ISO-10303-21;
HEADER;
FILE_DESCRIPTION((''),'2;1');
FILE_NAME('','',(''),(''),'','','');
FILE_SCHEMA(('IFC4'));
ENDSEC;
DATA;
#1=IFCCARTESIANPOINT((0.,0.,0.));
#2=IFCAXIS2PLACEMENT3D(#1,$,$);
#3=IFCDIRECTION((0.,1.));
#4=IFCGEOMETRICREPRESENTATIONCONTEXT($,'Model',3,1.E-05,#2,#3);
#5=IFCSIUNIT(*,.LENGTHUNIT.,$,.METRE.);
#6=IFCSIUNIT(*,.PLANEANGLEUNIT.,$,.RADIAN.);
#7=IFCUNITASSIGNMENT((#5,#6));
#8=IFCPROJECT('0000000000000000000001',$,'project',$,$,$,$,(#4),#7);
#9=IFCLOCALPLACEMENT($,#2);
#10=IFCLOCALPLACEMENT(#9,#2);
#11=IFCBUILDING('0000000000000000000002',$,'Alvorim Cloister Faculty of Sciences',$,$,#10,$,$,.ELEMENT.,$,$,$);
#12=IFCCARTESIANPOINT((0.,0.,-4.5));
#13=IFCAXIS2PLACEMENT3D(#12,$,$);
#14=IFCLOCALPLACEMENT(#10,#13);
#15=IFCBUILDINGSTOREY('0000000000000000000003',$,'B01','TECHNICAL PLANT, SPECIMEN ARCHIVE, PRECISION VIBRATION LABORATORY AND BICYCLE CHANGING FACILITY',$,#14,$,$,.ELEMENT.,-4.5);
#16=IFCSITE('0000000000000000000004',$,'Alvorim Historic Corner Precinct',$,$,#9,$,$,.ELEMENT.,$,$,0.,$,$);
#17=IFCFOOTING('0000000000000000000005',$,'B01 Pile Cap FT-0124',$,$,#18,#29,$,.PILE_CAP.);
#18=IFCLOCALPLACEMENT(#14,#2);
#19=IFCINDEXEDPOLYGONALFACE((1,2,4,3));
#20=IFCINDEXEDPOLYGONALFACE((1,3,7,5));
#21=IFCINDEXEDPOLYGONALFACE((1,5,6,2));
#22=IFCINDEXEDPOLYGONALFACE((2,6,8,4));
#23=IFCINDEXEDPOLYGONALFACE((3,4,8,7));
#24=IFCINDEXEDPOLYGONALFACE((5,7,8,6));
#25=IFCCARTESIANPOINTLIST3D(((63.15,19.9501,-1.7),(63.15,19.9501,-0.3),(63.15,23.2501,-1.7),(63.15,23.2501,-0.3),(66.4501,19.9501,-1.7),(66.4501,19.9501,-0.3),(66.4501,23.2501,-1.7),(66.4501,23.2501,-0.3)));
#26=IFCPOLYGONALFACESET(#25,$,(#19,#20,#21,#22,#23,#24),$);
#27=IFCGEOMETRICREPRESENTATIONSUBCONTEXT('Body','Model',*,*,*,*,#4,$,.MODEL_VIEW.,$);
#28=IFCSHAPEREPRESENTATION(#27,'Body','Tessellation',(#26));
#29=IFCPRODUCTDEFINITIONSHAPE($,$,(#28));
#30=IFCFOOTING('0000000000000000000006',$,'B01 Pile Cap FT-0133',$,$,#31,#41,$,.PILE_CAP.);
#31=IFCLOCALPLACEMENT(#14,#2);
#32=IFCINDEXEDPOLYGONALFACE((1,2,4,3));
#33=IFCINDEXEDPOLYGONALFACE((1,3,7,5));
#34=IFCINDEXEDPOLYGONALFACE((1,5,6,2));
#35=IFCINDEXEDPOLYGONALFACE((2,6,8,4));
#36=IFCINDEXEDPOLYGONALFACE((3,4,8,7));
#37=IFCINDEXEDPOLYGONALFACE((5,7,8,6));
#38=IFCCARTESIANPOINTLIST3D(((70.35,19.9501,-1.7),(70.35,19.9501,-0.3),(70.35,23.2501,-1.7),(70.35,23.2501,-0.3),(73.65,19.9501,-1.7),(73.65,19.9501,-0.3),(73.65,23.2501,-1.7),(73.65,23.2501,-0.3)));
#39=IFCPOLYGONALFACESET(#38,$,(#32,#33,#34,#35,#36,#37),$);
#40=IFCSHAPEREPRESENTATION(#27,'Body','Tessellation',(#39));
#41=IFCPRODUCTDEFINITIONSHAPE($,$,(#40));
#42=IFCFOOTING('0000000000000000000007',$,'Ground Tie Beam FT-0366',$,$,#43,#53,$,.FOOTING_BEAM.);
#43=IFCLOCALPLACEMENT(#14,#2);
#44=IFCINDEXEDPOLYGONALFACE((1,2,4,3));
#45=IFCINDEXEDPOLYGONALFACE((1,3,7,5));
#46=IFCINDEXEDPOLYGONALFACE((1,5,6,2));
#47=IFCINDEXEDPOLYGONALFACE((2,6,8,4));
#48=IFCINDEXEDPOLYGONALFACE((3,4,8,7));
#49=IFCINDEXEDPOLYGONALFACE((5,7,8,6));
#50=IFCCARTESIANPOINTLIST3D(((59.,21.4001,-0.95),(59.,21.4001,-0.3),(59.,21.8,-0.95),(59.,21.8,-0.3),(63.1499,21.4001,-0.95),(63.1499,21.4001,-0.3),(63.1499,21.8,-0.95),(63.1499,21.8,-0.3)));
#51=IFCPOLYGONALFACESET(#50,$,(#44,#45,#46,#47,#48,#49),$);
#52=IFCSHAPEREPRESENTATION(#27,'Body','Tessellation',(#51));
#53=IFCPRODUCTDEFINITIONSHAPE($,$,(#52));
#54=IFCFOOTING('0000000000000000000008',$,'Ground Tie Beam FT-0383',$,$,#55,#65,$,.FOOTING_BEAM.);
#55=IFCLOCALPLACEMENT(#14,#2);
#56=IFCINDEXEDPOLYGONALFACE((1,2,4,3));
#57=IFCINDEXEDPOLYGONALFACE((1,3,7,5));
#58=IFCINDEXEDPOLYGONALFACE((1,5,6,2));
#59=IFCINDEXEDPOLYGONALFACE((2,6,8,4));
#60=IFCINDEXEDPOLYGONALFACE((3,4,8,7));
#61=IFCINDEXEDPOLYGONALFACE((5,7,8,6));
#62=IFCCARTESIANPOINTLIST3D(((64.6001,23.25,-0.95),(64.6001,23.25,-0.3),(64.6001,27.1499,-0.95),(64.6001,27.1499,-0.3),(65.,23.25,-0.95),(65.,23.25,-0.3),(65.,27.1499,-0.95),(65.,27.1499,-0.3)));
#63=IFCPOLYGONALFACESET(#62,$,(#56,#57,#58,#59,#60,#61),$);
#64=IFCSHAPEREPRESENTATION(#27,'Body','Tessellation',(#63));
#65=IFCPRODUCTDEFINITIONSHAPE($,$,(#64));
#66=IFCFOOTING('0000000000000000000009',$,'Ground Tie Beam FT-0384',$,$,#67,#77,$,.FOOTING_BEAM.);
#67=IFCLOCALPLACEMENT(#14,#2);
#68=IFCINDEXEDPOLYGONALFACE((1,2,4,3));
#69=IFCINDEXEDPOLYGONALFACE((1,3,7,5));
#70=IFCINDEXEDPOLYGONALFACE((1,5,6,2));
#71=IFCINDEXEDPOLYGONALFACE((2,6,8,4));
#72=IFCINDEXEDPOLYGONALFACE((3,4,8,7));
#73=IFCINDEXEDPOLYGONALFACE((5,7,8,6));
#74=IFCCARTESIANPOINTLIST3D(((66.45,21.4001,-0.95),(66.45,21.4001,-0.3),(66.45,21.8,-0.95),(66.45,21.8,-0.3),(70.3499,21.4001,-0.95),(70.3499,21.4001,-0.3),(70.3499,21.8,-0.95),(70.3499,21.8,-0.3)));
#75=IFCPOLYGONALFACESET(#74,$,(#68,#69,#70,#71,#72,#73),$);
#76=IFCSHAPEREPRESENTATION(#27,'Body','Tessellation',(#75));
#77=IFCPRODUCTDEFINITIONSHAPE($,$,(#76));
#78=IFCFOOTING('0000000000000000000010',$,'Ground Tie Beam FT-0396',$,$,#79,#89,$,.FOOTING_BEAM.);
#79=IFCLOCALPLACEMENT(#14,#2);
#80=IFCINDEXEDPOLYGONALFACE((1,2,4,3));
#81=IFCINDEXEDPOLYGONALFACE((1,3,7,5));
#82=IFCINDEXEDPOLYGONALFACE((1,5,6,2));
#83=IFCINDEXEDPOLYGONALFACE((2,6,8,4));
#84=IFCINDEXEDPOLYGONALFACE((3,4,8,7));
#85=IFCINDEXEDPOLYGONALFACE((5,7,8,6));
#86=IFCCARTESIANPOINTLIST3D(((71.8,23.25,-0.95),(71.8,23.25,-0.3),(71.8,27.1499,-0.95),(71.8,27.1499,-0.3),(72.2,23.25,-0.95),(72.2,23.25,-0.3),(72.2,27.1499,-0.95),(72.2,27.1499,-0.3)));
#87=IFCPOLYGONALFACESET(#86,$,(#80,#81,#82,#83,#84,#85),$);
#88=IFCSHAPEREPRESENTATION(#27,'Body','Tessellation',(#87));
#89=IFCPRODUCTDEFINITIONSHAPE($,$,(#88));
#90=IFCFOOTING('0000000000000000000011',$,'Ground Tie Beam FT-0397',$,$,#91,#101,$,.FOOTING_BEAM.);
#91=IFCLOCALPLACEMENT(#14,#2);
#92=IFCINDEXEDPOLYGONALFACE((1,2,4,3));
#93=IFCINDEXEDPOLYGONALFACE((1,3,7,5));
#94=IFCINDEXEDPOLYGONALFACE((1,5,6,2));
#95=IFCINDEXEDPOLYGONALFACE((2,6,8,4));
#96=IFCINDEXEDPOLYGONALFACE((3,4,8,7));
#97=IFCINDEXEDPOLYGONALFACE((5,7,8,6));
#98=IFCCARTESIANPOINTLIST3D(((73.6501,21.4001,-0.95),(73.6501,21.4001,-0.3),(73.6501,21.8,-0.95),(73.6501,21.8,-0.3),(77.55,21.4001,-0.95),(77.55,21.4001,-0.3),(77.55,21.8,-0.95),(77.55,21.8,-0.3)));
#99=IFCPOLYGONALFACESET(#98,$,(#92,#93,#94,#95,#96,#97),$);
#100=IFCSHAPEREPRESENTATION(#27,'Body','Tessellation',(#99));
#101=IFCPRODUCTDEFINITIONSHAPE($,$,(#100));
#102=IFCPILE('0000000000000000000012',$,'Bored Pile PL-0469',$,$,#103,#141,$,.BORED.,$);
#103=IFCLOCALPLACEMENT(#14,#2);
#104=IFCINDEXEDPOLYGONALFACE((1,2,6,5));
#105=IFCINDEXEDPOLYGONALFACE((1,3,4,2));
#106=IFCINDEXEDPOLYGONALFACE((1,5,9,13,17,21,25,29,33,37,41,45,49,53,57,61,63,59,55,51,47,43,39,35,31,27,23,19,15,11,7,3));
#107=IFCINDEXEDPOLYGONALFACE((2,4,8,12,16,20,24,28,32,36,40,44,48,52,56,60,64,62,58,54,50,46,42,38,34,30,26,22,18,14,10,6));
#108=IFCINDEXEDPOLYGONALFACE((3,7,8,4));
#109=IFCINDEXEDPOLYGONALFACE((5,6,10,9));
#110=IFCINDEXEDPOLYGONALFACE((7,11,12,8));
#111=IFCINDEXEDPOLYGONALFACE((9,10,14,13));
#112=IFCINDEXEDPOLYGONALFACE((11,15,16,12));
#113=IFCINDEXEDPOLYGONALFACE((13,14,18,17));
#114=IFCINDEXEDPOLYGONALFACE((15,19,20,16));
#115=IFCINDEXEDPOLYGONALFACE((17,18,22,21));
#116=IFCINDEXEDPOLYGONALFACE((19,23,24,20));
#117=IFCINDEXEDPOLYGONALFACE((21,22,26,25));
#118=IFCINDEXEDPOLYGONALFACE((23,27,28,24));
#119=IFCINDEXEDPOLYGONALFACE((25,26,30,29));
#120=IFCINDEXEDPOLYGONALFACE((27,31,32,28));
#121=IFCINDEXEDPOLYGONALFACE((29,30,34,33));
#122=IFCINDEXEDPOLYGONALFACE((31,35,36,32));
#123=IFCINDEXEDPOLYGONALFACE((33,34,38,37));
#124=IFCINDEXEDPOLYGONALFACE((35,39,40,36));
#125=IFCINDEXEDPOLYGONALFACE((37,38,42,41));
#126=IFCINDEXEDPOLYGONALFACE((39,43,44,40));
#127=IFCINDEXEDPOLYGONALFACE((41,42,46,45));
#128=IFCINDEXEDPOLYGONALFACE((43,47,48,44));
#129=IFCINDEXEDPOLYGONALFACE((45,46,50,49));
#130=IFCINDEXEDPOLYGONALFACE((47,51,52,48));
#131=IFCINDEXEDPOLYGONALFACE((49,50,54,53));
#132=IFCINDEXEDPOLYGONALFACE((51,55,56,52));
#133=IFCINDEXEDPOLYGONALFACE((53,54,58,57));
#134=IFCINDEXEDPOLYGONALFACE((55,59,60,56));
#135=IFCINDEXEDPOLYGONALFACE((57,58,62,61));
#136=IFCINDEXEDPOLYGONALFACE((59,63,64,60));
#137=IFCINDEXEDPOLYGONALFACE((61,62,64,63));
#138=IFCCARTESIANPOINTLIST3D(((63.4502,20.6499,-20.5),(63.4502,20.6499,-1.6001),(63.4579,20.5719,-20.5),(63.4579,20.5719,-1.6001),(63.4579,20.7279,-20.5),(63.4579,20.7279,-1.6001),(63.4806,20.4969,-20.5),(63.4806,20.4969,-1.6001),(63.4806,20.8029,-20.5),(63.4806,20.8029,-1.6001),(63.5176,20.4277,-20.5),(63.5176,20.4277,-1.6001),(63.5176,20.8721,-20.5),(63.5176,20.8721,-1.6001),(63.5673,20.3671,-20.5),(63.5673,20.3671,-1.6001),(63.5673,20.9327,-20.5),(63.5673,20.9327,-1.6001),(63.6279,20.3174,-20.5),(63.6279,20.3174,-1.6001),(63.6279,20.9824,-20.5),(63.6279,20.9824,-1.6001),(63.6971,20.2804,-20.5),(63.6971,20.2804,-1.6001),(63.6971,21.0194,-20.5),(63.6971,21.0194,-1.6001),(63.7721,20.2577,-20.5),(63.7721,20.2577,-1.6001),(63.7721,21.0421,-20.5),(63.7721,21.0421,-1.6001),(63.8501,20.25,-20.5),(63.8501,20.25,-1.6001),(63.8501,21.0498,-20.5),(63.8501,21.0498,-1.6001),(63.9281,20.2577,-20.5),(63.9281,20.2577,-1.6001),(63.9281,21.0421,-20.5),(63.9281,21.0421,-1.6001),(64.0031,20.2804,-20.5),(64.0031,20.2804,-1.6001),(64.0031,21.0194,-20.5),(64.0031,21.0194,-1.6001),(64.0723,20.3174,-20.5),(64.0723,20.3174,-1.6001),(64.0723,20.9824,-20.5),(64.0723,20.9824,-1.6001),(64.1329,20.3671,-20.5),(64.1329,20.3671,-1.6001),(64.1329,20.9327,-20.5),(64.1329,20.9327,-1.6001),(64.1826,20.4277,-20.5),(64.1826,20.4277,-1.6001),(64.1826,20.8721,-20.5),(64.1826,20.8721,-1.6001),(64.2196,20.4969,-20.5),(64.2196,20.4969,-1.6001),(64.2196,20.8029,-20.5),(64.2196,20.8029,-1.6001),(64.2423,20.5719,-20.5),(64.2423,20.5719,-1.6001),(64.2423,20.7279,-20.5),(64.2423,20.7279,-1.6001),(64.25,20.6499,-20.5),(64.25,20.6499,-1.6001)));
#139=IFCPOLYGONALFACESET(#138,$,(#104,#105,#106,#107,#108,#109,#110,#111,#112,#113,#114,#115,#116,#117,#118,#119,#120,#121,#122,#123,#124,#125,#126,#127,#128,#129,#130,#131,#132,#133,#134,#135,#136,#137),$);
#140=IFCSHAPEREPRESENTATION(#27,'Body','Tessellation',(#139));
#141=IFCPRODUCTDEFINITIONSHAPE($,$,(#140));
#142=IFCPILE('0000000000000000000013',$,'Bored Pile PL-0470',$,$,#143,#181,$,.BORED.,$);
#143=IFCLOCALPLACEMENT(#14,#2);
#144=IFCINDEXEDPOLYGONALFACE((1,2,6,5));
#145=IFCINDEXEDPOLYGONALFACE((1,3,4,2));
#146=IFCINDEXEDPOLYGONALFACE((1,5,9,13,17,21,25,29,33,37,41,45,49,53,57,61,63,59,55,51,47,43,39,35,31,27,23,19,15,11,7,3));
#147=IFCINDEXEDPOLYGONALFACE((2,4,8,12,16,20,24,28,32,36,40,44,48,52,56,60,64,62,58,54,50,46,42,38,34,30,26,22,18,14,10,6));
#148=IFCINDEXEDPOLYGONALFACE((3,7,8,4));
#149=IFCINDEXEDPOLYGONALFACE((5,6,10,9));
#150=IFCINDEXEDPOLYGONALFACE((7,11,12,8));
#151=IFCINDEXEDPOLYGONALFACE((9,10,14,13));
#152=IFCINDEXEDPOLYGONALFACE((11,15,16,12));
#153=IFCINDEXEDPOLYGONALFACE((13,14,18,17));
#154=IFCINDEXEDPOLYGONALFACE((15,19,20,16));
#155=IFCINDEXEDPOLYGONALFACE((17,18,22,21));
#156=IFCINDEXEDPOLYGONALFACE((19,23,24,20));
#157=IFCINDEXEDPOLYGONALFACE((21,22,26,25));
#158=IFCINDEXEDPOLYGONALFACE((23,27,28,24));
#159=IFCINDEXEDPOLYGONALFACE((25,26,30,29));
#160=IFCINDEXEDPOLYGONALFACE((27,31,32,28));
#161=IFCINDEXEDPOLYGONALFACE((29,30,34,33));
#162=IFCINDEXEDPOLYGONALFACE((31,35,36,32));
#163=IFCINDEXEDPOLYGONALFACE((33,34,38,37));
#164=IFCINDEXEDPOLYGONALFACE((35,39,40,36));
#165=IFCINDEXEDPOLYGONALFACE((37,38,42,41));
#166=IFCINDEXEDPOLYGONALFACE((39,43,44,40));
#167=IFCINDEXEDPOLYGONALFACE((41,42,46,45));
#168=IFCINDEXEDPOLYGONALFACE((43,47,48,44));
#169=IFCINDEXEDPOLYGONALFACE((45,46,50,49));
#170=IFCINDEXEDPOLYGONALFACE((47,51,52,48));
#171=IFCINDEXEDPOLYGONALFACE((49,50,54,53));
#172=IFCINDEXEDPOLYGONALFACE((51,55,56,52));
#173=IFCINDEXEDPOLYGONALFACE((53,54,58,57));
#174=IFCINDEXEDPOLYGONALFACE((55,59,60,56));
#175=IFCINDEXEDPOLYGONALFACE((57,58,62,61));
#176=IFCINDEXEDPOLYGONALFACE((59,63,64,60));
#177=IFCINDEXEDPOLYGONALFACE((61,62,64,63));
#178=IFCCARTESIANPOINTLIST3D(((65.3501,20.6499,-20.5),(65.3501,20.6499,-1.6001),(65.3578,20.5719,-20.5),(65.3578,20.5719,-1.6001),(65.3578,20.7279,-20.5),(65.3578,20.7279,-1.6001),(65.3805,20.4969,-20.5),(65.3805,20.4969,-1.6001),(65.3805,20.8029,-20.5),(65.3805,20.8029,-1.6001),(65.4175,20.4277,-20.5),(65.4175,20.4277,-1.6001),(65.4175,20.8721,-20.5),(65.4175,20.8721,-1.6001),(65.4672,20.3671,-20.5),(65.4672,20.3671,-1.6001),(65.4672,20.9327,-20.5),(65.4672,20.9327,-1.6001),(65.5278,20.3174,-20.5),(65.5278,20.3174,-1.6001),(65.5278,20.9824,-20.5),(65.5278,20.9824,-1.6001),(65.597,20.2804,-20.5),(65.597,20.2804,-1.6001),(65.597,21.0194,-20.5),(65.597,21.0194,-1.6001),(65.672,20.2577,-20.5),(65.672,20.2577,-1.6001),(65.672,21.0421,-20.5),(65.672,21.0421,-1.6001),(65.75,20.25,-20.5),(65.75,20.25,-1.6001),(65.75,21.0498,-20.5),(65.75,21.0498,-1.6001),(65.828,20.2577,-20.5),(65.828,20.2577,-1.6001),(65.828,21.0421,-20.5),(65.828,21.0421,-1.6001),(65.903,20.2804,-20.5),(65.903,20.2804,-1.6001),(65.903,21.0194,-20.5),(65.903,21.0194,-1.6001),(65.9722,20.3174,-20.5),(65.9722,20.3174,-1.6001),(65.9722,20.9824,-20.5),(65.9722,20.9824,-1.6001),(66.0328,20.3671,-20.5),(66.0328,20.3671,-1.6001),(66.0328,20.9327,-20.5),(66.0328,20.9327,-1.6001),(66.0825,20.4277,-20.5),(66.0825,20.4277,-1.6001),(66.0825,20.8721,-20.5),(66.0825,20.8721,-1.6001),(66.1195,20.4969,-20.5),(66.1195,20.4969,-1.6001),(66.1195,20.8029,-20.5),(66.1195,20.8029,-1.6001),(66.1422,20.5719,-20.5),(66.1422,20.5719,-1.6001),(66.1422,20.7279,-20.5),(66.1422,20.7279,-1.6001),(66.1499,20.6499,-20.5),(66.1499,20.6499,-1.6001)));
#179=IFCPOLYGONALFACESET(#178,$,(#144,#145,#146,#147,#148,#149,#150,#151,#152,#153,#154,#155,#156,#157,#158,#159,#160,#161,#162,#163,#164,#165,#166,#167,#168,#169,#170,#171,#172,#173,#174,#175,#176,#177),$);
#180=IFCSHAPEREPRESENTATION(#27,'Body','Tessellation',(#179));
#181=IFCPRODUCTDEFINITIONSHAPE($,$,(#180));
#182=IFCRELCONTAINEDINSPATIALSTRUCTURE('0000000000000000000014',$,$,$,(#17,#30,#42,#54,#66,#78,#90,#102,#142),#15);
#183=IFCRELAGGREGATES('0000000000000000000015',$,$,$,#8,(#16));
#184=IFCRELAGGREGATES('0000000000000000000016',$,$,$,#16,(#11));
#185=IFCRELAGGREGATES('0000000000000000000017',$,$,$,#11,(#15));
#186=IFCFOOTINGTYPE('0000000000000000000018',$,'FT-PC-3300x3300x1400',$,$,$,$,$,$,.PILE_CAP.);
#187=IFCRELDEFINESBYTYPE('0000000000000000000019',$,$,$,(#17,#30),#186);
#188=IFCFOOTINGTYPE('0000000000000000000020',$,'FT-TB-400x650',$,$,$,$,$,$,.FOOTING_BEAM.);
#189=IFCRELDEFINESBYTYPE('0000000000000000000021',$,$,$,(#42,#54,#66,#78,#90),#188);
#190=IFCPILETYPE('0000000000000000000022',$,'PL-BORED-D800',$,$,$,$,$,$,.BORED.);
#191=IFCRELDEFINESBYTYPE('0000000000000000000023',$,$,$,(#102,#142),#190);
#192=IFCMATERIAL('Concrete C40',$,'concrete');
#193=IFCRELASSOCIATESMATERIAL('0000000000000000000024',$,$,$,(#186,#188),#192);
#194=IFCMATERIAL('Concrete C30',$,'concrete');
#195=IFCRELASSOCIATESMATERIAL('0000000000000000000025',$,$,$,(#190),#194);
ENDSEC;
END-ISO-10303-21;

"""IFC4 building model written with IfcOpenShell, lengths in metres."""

from ifc_helpers import new_model, si_unit, direction, frame, origin, origin_2d, place, context, subcontext, project, spatial, rectangle, circle, extrude, material, material_profile, profile_set, type_object, element, save


model = new_model("IFC4")

# Units and contexts
model_context = context("Model", 3, precision=1e-05, world=origin(), true_north=direction((0.0, 1.0)))
body_context = subcontext(model_context, "Body", "Model", "MODEL_VIEW")
ifc_project = project(units=[si_unit("LENGTHUNIT", "METRE"), si_unit("PLANEANGLEUNIT", "RADIAN")], contexts=[model_context])

# Site, building, storey
site_placement = place(None, origin())
site = spatial("IfcSite", under=ifc_project, at=site_placement, Name="Alvorim Historic Corner Precinct", CompositionType="ELEMENT", RefElevation=0.0)
building_placement = place(site_placement, origin())
building = spatial("IfcBuilding", under=site, at=building_placement, Name="Alvorim Cloister Faculty of Sciences", CompositionType="ELEMENT")
storey_placement = place(building_placement, frame((0.0, 0.0, -4.5)))
storey = spatial("IfcBuildingStorey", under=building, at=storey_placement, Name="B01", Description="TECHNICAL PLANT, SPECIMEN ARCHIVE, PRECISION VIBRATION LABORATORY AND BICYCLE CHANGING FACILITY", CompositionType="ELEMENT", Elevation=-4.5)

# Footings
ifc_material_1 = material(Name="Concrete C40", Category="concrete")
footing_type_1 = type_object("IfcFootingType", Name="FT-PC-3300x3300x1400", PredefinedType="PILE_CAP", material=ifc_material_1)
for number, where, z_axis, x_axis, name in (
    (1, (64.8, 21.6001, -1.7), (0.0, 0.0, 1.0), (1.0, 0.0, 0.0), "B01 Pile Cap FT-0124"),
    (2, (72.0, 21.6001, -1.7), (0.0, 0.0, 1.0), (1.0, 0.0, 0.0), "B01 Pile Cap FT-0133"),
):
    element("IfcFooting", number, at=place(storey_placement, frame(where, z_axis=z_axis, x_axis=x_axis)), inside=storey, type_object=footing_type_1, Name=name, PredefinedType="PILE_CAP", context=body_context, shape_type="SweptSolid", body=[
        extrude(rectangle(XDim=3.3, YDim=3.3, at=origin_2d()), origin(), (0.0, 0.0, 1.0), 1.3999),
    ])
footing_type_2 = type_object("IfcFootingType", Name="FT-TB-400x650", PredefinedType="FOOTING_BEAM", material=ifc_material_1)
footing_1_placement = place(storey_placement, frame((61.075, 21.6001, -0.95), z_axis=(0.0, 0.0, 1.0), x_axis=(1.0, 0.0, 0.0)))
element("IfcFooting", 3, at=footing_1_placement, inside=storey, type_object=footing_type_2, Name="Ground Tie Beam FT-0366", PredefinedType="FOOTING_BEAM", context=body_context, shape_type="SweptSolid", body=[
    extrude(rectangle(XDim=4.1499, YDim=0.3999, at=origin_2d()), origin(), (0.0, 0.0, 1.0), 0.6499),
])
footing_2_placement = place(storey_placement, frame((64.8, 25.2, -0.95), z_axis=(0.0, 0.0, 1.0), x_axis=(1.0, 0.0, 0.0)))
element("IfcFooting", 4, at=footing_2_placement, inside=storey, type_object=footing_type_2, Name="Ground Tie Beam FT-0383", PredefinedType="FOOTING_BEAM", context=body_context, shape_type="SweptSolid", body=[
    extrude(rectangle(XDim=0.3999, YDim=3.8999, at=origin_2d()), origin(), (0.0, 0.0, 1.0), 0.6499),
])
footing_3_placement = place(storey_placement, frame((68.3999, 21.6001, -0.95), z_axis=(0.0, 0.0, 1.0), x_axis=(1.0, 0.0, 0.0)))
element("IfcFooting", 5, at=footing_3_placement, inside=storey, type_object=footing_type_2, Name="Ground Tie Beam FT-0384", PredefinedType="FOOTING_BEAM", context=body_context, shape_type="SweptSolid", body=[
    extrude(rectangle(XDim=3.8999, YDim=0.3999, at=origin_2d()), origin(), (0.0, 0.0, 1.0), 0.6499),
])
footing_4_placement = place(storey_placement, frame((72.0, 25.2, -0.95), z_axis=(0.0, 0.0, 1.0), x_axis=(1.0, 0.0, 0.0)))
element("IfcFooting", 6, at=footing_4_placement, inside=storey, type_object=footing_type_2, Name="Ground Tie Beam FT-0396", PredefinedType="FOOTING_BEAM", context=body_context, shape_type="SweptSolid", body=[
    extrude(rectangle(XDim=0.3999, YDim=3.8999, at=origin_2d()), origin(), (0.0, 0.0, 1.0), 0.6499),
])
footing_5_placement = place(storey_placement, frame((75.6001, 21.6001, -0.95), z_axis=(0.0, 0.0, 1.0), x_axis=(1.0, 0.0, 0.0)))
element("IfcFooting", 7, at=footing_5_placement, inside=storey, type_object=footing_type_2, Name="Ground Tie Beam FT-0397", PredefinedType="FOOTING_BEAM", context=body_context, shape_type="SweptSolid", body=[
    extrude(rectangle(XDim=3.8999, YDim=0.3999, at=origin_2d()), origin(), (0.0, 0.0, 1.0), 0.6499),
])

# Piles
ifc_material_2 = material(Name="Concrete C30", Category="concrete")
ifc_material_profile_1 = material_profile(ifc_material_2, circle(Radius=0.3999, at=origin_2d()), Name="PILE-D800")
ifc_profile_set_1 = profile_set([ifc_material_profile_1], Name="Concrete C30")
pile_type = type_object("IfcPileType", Name="PL-BORED-D800", PredefinedType="BORED", material=ifc_profile_set_1)
for number, where, z_axis, x_axis, name in (
    (8, (63.8501, 20.6499, -1.6001), (0.0, 0.0, -1.0), (1.0, 0.0, 0.0), "Bored Pile PL-0469"),
    (9, (65.75, 20.6499, -1.6001), (0.0, 0.0, -1.0), (1.0, 0.0, 0.0), "Bored Pile PL-0470"),
):
    element("IfcPile", number, at=place(storey_placement, frame(where, z_axis=z_axis, x_axis=x_axis)), inside=storey, type_object=pile_type, Name=name, PredefinedType="BORED", context=body_context, shape_type="SweptSolid", body=[
        extrude(circle(Radius=0.3999, at=origin_2d()), origin(), (0.0, 0.0, 1.0), 18.8999),
    ])

save(model, "model.ifc")
